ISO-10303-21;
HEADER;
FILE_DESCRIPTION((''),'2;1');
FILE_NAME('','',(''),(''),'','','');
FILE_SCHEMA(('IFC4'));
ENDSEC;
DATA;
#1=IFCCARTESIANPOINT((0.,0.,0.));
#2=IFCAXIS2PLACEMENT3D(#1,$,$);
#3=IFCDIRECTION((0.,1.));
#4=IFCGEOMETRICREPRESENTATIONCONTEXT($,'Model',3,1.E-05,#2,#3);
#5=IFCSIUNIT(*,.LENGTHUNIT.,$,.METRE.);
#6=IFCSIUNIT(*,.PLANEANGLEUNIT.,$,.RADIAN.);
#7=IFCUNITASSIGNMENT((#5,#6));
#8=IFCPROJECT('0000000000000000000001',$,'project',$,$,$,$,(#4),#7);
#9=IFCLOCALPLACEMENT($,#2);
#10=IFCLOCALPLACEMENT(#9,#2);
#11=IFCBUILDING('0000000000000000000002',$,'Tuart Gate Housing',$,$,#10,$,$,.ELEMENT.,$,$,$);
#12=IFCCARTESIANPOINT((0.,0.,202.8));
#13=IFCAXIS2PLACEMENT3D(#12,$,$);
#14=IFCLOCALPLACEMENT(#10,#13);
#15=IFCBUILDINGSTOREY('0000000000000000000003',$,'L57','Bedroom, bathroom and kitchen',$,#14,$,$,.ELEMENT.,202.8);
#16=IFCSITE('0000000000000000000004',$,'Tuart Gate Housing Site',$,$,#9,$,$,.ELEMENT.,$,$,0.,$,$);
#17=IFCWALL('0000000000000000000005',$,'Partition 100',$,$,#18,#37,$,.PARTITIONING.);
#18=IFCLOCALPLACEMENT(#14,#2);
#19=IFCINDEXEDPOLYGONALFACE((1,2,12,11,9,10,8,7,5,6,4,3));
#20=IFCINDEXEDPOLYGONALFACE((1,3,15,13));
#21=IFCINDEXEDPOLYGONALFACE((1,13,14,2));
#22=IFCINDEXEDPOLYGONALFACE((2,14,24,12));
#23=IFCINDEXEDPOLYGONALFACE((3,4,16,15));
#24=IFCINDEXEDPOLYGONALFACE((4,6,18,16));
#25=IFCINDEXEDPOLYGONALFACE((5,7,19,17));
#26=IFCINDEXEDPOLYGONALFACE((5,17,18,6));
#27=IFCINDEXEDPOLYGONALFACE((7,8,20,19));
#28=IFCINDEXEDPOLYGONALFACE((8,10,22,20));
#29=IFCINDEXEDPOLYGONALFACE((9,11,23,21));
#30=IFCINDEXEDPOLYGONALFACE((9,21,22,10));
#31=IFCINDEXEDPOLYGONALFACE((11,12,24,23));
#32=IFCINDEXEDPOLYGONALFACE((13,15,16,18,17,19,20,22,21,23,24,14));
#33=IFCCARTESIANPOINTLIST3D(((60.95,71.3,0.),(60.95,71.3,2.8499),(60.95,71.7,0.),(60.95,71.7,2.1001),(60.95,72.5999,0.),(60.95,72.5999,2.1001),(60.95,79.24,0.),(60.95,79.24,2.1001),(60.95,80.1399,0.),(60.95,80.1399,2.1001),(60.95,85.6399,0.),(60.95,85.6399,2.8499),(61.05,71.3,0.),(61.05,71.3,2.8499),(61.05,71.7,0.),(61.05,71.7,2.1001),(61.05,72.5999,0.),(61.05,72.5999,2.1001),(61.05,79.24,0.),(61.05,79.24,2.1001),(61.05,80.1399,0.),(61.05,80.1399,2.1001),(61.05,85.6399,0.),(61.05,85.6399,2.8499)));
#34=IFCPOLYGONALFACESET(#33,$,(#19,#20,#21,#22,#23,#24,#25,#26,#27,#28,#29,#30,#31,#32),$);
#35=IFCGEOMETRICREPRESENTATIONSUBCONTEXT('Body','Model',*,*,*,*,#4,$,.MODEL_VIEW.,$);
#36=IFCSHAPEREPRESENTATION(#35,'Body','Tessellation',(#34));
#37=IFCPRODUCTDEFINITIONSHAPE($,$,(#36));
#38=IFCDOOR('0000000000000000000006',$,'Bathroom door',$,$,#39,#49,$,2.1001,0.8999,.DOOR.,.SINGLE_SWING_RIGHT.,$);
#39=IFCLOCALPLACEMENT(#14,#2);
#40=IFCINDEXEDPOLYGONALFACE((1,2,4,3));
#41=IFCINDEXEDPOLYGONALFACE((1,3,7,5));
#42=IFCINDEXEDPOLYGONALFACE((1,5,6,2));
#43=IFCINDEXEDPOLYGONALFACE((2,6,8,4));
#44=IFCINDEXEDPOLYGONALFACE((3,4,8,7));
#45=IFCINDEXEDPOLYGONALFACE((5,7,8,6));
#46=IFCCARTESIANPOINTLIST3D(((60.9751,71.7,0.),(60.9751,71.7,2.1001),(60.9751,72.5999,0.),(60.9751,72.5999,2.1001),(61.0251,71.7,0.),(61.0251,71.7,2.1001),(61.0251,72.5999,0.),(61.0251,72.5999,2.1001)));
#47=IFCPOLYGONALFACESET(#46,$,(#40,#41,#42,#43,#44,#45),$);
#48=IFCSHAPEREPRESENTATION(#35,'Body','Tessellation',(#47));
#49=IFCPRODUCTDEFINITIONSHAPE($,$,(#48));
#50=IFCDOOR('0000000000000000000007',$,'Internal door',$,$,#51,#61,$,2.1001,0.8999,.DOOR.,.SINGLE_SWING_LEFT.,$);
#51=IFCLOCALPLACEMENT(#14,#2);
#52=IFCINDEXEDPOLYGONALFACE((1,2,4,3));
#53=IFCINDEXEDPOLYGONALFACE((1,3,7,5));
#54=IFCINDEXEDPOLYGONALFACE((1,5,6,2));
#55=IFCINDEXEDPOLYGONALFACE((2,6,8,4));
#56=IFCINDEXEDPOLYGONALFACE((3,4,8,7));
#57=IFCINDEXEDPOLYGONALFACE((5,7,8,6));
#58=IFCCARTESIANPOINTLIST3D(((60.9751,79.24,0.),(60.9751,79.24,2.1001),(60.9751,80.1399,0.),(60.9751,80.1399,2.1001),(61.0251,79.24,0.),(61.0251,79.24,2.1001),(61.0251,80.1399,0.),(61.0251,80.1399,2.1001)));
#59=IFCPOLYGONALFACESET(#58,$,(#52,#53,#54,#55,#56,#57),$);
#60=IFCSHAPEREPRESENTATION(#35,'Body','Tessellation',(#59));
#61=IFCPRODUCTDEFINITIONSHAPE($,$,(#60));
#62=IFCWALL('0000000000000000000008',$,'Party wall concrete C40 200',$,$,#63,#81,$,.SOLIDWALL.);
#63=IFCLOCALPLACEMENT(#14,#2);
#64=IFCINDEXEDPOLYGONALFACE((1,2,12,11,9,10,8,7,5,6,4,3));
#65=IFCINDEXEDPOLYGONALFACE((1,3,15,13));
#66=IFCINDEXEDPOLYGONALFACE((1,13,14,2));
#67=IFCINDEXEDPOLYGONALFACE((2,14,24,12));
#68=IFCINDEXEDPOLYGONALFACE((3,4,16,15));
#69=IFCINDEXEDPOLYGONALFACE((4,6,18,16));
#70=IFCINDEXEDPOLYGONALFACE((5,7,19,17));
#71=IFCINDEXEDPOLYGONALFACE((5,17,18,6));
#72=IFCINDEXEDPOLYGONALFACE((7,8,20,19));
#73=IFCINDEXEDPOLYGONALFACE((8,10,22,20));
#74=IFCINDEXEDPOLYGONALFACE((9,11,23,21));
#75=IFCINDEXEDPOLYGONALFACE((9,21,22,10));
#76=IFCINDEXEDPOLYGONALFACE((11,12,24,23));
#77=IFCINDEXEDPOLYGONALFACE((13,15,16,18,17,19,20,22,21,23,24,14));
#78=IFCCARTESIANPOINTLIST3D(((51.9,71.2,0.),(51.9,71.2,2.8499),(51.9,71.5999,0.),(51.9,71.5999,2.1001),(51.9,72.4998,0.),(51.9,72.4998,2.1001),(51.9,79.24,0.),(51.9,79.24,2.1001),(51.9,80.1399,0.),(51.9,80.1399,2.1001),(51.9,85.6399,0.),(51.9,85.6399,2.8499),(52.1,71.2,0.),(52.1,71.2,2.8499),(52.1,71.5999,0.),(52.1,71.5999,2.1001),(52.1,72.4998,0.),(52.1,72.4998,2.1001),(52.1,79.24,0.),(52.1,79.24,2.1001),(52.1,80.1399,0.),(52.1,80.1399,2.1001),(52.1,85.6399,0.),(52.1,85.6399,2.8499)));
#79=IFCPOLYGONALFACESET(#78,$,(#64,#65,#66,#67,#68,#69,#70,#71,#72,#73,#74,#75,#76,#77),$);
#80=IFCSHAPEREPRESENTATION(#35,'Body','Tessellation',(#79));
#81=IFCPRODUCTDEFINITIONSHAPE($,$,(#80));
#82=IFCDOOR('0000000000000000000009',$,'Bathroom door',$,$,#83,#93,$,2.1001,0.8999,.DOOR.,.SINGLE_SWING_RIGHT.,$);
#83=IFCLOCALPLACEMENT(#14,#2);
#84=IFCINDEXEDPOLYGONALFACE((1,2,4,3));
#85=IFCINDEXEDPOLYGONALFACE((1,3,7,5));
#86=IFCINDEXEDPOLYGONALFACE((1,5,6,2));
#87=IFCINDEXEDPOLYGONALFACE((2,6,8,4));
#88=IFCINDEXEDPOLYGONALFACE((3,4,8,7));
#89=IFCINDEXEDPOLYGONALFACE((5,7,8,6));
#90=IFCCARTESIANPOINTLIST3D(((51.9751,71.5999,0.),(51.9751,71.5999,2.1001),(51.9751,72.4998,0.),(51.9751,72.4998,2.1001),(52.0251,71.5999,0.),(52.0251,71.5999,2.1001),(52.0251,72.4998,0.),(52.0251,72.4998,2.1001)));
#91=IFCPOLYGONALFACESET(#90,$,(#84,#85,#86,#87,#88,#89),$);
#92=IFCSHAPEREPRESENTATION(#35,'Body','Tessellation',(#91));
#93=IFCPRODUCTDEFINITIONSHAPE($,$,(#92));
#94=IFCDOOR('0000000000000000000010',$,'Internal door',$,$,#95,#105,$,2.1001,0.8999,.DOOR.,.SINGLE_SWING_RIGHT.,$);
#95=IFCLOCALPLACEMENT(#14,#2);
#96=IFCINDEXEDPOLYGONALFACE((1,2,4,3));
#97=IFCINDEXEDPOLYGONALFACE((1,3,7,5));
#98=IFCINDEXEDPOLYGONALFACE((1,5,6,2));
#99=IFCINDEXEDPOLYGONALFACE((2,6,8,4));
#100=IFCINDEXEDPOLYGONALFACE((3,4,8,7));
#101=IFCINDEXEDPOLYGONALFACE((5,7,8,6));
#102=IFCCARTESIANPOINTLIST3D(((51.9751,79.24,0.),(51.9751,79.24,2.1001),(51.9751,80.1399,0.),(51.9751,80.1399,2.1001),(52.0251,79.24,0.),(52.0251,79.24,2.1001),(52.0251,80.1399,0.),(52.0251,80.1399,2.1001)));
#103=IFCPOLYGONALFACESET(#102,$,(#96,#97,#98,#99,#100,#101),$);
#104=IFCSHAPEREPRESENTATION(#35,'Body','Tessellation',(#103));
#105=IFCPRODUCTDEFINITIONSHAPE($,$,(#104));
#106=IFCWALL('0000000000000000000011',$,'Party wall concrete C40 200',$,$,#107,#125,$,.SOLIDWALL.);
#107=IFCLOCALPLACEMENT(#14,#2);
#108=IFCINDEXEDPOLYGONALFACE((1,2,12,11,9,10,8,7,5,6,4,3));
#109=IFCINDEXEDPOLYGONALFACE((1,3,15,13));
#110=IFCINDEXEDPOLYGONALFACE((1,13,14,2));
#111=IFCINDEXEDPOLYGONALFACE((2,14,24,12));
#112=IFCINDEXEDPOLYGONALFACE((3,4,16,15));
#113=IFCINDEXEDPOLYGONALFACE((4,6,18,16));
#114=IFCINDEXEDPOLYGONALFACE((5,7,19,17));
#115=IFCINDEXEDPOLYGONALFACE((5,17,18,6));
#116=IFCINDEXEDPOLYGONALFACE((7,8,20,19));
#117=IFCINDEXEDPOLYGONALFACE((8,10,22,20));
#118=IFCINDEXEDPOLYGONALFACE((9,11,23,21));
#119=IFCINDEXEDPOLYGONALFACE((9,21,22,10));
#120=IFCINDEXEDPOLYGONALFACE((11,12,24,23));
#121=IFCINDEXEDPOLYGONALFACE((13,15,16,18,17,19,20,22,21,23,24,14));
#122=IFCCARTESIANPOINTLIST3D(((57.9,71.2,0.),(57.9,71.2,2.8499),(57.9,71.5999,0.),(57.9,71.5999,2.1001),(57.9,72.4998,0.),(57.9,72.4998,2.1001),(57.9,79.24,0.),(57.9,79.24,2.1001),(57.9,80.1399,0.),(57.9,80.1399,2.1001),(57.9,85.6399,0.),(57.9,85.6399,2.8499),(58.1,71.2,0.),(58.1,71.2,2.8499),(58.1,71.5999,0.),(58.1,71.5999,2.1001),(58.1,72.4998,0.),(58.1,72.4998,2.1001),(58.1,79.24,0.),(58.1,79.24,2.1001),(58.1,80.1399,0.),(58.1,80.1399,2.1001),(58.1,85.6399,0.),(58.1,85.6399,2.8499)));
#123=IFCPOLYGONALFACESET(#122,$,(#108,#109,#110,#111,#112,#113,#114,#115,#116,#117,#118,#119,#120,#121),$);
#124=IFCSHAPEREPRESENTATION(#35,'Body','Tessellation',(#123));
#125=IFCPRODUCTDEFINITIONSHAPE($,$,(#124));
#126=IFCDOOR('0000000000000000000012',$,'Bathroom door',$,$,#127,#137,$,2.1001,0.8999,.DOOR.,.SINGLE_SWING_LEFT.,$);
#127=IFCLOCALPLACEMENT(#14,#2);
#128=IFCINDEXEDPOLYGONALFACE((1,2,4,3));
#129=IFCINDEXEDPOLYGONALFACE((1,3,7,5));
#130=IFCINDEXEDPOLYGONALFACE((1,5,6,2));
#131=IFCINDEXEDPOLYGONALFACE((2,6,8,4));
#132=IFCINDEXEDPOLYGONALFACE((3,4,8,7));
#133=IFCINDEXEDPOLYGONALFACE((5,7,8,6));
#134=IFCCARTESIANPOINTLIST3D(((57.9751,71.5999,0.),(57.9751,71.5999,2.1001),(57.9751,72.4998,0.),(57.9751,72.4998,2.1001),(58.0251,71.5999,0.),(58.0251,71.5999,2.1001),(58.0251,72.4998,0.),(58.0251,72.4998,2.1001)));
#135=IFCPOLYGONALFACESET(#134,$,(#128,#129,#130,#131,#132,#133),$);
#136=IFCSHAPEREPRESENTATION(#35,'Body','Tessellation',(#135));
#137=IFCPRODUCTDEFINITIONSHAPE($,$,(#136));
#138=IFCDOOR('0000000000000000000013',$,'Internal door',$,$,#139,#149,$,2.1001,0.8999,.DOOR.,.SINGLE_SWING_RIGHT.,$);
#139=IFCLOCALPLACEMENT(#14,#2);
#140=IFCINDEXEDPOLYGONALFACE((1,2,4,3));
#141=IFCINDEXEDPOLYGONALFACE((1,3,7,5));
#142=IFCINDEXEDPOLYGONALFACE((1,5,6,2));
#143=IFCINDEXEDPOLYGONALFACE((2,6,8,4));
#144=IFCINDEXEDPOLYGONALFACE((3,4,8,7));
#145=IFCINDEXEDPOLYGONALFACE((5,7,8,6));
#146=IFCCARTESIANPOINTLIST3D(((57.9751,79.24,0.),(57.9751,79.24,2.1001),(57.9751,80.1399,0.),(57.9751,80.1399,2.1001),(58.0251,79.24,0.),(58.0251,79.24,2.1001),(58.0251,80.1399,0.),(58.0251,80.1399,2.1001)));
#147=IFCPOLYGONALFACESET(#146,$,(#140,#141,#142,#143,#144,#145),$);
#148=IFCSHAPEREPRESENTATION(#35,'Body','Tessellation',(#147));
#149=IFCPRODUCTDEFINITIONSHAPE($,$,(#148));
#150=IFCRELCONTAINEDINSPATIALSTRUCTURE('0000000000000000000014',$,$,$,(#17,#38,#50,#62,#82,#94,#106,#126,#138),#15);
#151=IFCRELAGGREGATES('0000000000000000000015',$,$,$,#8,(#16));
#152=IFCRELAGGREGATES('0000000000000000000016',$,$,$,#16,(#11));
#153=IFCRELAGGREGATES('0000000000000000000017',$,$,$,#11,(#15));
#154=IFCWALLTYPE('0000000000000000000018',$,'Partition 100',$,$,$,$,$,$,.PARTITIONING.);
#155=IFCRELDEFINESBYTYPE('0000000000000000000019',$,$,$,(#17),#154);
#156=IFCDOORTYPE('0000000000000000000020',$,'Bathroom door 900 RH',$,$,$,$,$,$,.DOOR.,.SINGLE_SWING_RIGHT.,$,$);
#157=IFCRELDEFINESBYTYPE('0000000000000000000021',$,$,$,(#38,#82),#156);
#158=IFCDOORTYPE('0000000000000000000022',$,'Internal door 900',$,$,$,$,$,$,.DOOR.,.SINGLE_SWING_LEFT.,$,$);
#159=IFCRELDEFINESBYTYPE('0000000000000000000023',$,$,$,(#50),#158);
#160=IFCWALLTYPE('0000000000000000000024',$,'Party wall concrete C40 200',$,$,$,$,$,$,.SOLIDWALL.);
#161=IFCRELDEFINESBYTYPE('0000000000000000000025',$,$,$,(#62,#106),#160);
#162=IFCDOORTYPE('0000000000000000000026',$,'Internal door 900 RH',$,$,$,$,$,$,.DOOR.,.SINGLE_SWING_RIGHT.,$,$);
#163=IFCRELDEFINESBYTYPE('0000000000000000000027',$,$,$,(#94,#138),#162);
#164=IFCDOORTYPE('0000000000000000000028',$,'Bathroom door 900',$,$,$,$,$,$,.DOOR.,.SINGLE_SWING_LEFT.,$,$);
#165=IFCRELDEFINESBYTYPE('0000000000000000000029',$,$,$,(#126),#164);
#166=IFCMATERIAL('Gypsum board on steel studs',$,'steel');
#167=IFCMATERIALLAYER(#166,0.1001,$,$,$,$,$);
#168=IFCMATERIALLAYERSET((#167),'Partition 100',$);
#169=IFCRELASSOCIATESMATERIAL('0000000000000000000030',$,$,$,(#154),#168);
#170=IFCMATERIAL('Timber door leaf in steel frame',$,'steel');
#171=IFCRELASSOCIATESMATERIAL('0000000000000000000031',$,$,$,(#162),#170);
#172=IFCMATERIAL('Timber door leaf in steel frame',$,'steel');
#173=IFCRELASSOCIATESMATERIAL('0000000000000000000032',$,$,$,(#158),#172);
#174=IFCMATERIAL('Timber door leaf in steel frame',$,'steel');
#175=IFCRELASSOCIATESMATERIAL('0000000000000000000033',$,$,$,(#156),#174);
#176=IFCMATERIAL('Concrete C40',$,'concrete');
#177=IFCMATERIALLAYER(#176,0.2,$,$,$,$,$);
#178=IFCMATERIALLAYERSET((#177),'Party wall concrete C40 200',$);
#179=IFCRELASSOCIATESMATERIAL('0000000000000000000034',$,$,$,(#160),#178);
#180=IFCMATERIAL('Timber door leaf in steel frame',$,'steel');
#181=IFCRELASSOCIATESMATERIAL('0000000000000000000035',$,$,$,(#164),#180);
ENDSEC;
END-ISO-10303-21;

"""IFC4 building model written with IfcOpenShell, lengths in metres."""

from ifc_helpers import new_model, si_unit, direction, frame, frame_2d, origin, place, context, subcontext, project, spatial, rectangle, extrude, material, layer, layer_set, type_object, element, fill, save


model = new_model("IFC4")

# Units and contexts
model_context = context("Model", 3, precision=1e-05, world=origin(), true_north=direction((0.0, 1.0)))
body_context = subcontext(model_context, "Body", "Model", "MODEL_VIEW")
ifc_project = project(units=[si_unit("LENGTHUNIT", "METRE"), si_unit("PLANEANGLEUNIT", "RADIAN")], contexts=[model_context])

# Site, building, storey
site_placement = place(None, origin())
site = spatial("IfcSite", under=ifc_project, at=site_placement, Name="Tuart Gate Housing Site", CompositionType="ELEMENT", RefElevation=0.0)
building_placement = place(site_placement, origin())
building = spatial("IfcBuilding", under=site, at=building_placement, Name="Tuart Gate Housing", CompositionType="ELEMENT")
storey_placement = place(building_placement, frame((0.0, 0.0, 202.8)))
storey = spatial("IfcBuildingStorey", under=building, at=storey_placement, Name="L57", Description="Bedroom, bathroom and kitchen", CompositionType="ELEMENT", Elevation=202.8)

# Shared definitions
ifc_material_1 = material(Name="Gypsum board on steel studs", Category="steel")
ifc_layer_1 = layer(ifc_material_1, 0.1001)
ifc_layer_set_1 = layer_set([ifc_layer_1], Name="Partition 100")
wall_type_1 = type_object("IfcWallType", Name="Partition 100", PredefinedType="PARTITIONING", material=ifc_layer_set_1)

# Shared definitions
ifc_material_2 = material(Name="Timber door leaf in steel frame", Category="steel")
door_type_1 = type_object("IfcDoorType", Name="Internal door 900 RH", OperationType="SINGLE_SWING_RIGHT", PredefinedType="DOOR", material=ifc_material_2)
ifc_material_3 = material(Name="Timber door leaf in steel frame", Category="steel")
door_type_2 = type_object("IfcDoorType", Name="Internal door 900", OperationType="SINGLE_SWING_LEFT", PredefinedType="DOOR", material=ifc_material_3)

# Walls, openings, doors
wall_1_placement = place(storey_placement, frame((61.0, 71.3, 0.0), z_axis=(0.0, 0.0, 1.0), x_axis=(0.0, 1.0, 0.0)))
wall_1 = element("IfcWall", 1, at=wall_1_placement, inside=storey, type_object=wall_type_1, Name="Partition 100", PredefinedType="PARTITIONING", context=body_context, shape_type="SweptSolid", body=[
    extrude(rectangle(XDim=14.3398, YDim=0.1001, at=frame_2d((7.1699, 0.0))), origin(), (0.0, 0.0, 1.0), 2.8499),
])
opening_1_placement = place(wall_1_placement, frame((7.9399, 0.0, 0.0)))
opening_1 = element("IfcOpeningElement", 2, at=opening_1_placement, cuts=wall_1, PredefinedType="OPENING", context=body_context, shape_type="SweptSolid", body=[
    extrude(rectangle(XDim=0.8999, YDim=2.1001, at=frame_2d((0.45, 1.05))), frame((0.0, 0.0601, 0.0), z_axis=(0.0, -1.0, 0.0), x_axis=(1.0, 0.0, 0.0)), (0.0, 0.0, 1.0), 0.1201),
])
opening_2_placement = place(wall_1_placement, frame((0.3999, 0.0, 0.0)))
opening_2 = element("IfcOpeningElement", 3, at=opening_2_placement, cuts=wall_1, PredefinedType="OPENING", context=body_context, shape_type="SweptSolid", body=[
    extrude(rectangle(XDim=0.8999, YDim=2.1001, at=frame_2d((0.45, 1.05))), frame((0.0, 0.0601, 0.0), z_axis=(0.0, -1.0, 0.0), x_axis=(1.0, 0.0, 0.0)), (0.0, 0.0, 1.0), 0.1201),
])
ifc_material_4 = material(Name="Timber door leaf in steel frame", Category="steel")
door_type_3 = type_object("IfcDoorType", Name="Bathroom door 900 RH", OperationType="SINGLE_SWING_RIGHT", PredefinedType="DOOR", material=ifc_material_4)
door_1_placement = place(opening_2_placement, frame((0.8999, 0.0, 0.0), z_axis=(0.0, 0.0, 1.0), x_axis=(-1.0, 0.0, 0.0)))
door_1 = element("IfcDoor", 4, at=door_1_placement, inside=storey, type_object=door_type_3, Name="Bathroom door", OperationType="SINGLE_SWING_RIGHT", OverallHeight=2.1001, OverallWidth=0.8999, PredefinedType="DOOR", context=body_context, shape_type="SweptSolid", body=[
    extrude(rectangle(XDim=0.8999, YDim=2.1001, at=frame_2d((0.45, 1.05))), frame((0.0, 0.0251, 0.0), z_axis=(0.0, -1.0, 0.0), x_axis=(1.0, 0.0, 0.0)), (0.0, 0.0, 1.0), 0.05),
])
fill(opening_2, door_1)
door_2_placement = place(opening_1_placement, frame((0.8999, 0.0, 0.0), z_axis=(0.0, 0.0, 1.0), x_axis=(-1.0, 0.0, 0.0)))
door_2 = element("IfcDoor", 5, at=door_2_placement, inside=storey, type_object=door_type_2, Name="Internal door", OperationType="SINGLE_SWING_LEFT", OverallHeight=2.1001, OverallWidth=0.8999, PredefinedType="DOOR", context=body_context, shape_type="SweptSolid", body=[
    extrude(rectangle(XDim=0.8999, YDim=2.1001, at=frame_2d((0.45, 1.05))), frame((0.0, 0.0251, 0.0), z_axis=(0.0, -1.0, 0.0), x_axis=(1.0, 0.0, 0.0)), (0.0, 0.0, 1.0), 0.05),
])
fill(opening_1, door_2)
ifc_material_5 = material(Name="Concrete C40", Category="concrete")
ifc_layer_2 = layer(ifc_material_5, 0.2)
ifc_layer_set_2 = layer_set([ifc_layer_2], Name="Party wall concrete C40 200")
wall_type_2 = type_object("IfcWallType", Name="Party wall concrete C40 200", PredefinedType="SOLIDWALL", material=ifc_layer_set_2)
wall_2_placement = place(storey_placement, frame((52.0, 71.2, 0.0), z_axis=(0.0, 0.0, 1.0), x_axis=(0.0, 1.0, 0.0)))
wall_2 = element("IfcWall", 6, at=wall_2_placement, inside=storey, type_object=wall_type_2, Name="Party wall concrete C40 200", PredefinedType="SOLIDWALL", context=body_context, shape_type="SweptSolid", body=[
    extrude(rectangle(XDim=14.4399, YDim=0.2, at=frame_2d((7.22, 0.0))), origin(), (0.0, 0.0, 1.0), 2.8499),
])
opening_3_placement = place(wall_2_placement, frame((8.04, 0.0, 0.0)))
opening_3 = element("IfcOpeningElement", 7, at=opening_3_placement, cuts=wall_2, PredefinedType="OPENING", context=body_context, shape_type="SweptSolid", body=[
    extrude(rectangle(XDim=0.8999, YDim=2.1001, at=frame_2d((0.45, 1.05))), frame((0.0, 0.1099, 0.0), z_axis=(0.0, -1.0, 0.0), x_axis=(1.0, 0.0, 0.0)), (0.0, 0.0, 1.0), 0.22),
])
opening_4_placement = place(wall_2_placement, frame((0.3999, 0.0, 0.0)))
opening_4 = element("IfcOpeningElement", 8, at=opening_4_placement, cuts=wall_2, PredefinedType="OPENING", context=body_context, shape_type="SweptSolid", body=[
    extrude(rectangle(XDim=0.8999, YDim=2.1001, at=frame_2d((0.45, 1.05))), frame((0.0, 0.1099, 0.0), z_axis=(0.0, -1.0, 0.0), x_axis=(1.0, 0.0, 0.0)), (0.0, 0.0, 1.0), 0.22),
])
door_3_placement = place(opening_4_placement, frame((0.8999, 0.0, 0.0), z_axis=(0.0, 0.0, 1.0), x_axis=(-1.0, 0.0, 0.0)))
door_3 = element("IfcDoor", 9, at=door_3_placement, inside=storey, type_object=door_type_3, Name="Bathroom door", OperationType="SINGLE_SWING_RIGHT", OverallHeight=2.1001, OverallWidth=0.8999, PredefinedType="DOOR", context=body_context, shape_type="SweptSolid", body=[
    extrude(rectangle(XDim=0.8999, YDim=2.1001, at=frame_2d((0.45, 1.05))), frame((0.0, 0.0251, 0.0), z_axis=(0.0, -1.0, 0.0), x_axis=(1.0, 0.0, 0.0)), (0.0, 0.0, 1.0), 0.05),
])
fill(opening_4, door_3)
door_4_placement = place(opening_3_placement, frame((0.8999, 0.0, 0.0), z_axis=(0.0, 0.0, 1.0), x_axis=(-1.0, 0.0, 0.0)))
door_4 = element("IfcDoor", 10, at=door_4_placement, inside=storey, type_object=door_type_1, Name="Internal door", OperationType="SINGLE_SWING_RIGHT", OverallHeight=2.1001, OverallWidth=0.8999, PredefinedType="DOOR", context=body_context, shape_type="SweptSolid", body=[
    extrude(rectangle(XDim=0.8999, YDim=2.1001, at=frame_2d((0.45, 1.05))), frame((0.0, 0.0251, 0.0), z_axis=(0.0, -1.0, 0.0), x_axis=(1.0, 0.0, 0.0)), (0.0, 0.0, 1.0), 0.05),
])
fill(opening_3, door_4)
wall_3_placement = place(storey_placement, frame((58.0, 71.2, 0.0), z_axis=(0.0, 0.0, 1.0), x_axis=(0.0, 1.0, 0.0)))
wall_3 = element("IfcWall", 11, at=wall_3_placement, inside=storey, type_object=wall_type_2, Name="Party wall concrete C40 200", PredefinedType="SOLIDWALL", context=body_context, shape_type="SweptSolid", body=[
    extrude(rectangle(XDim=14.4399, YDim=0.2, at=frame_2d((7.22, 0.0))), origin(), (0.0, 0.0, 1.0), 2.8499),
])
opening_5_placement = place(wall_3_placement, frame((8.04, 0.0, 0.0)))
opening_5 = element("IfcOpeningElement", 12, at=opening_5_placement, cuts=wall_3, PredefinedType="OPENING", context=body_context, shape_type="SweptSolid", body=[
    extrude(rectangle(XDim=0.8999, YDim=2.1001, at=frame_2d((0.45, 1.05))), frame((0.0, 0.1099, 0.0), z_axis=(0.0, -1.0, 0.0), x_axis=(1.0, 0.0, 0.0)), (0.0, 0.0, 1.0), 0.22),
])
opening_6_placement = place(wall_3_placement, frame((0.3999, 0.0, 0.0)))
opening_6 = element("IfcOpeningElement", 13, at=opening_6_placement, cuts=wall_3, PredefinedType="OPENING", context=body_context, shape_type="SweptSolid", body=[
    extrude(rectangle(XDim=0.8999, YDim=2.1001, at=frame_2d((0.45, 1.05))), frame((0.0, 0.1099, 0.0), z_axis=(0.0, -1.0, 0.0), x_axis=(1.0, 0.0, 0.0)), (0.0, 0.0, 1.0), 0.22),
])
ifc_material_6 = material(Name="Timber door leaf in steel frame", Category="steel")
door_type_4 = type_object("IfcDoorType", Name="Bathroom door 900", OperationType="SINGLE_SWING_LEFT", PredefinedType="DOOR", material=ifc_material_6)
door_5_placement = place(opening_6_placement, origin())
door_5 = element("IfcDoor", 14, at=door_5_placement, inside=storey, type_object=door_type_4, Name="Bathroom door", OperationType="SINGLE_SWING_LEFT", OverallHeight=2.1001, OverallWidth=0.8999, PredefinedType="DOOR", context=body_context, shape_type="SweptSolid", body=[
    extrude(rectangle(XDim=0.8999, YDim=2.1001, at=frame_2d((0.45, 1.05))), frame((0.0, 0.0249, 0.0), z_axis=(0.0, -1.0, 0.0), x_axis=(1.0, 0.0, 0.0)), (0.0, 0.0, 1.0), 0.05),
])
fill(opening_6, door_5)
door_6_placement = place(opening_5_placement, origin())
door_6 = element("IfcDoor", 15, at=door_6_placement, inside=storey, type_object=door_type_1, Name="Internal door", OperationType="SINGLE_SWING_RIGHT", OverallHeight=2.1001, OverallWidth=0.8999, PredefinedType="DOOR", context=body_context, shape_type="SweptSolid", body=[
    extrude(rectangle(XDim=0.8999, YDim=2.1001, at=frame_2d((0.45, 1.05))), frame((0.0, 0.0249, 0.0), z_axis=(0.0, -1.0, 0.0), x_axis=(1.0, 0.0, 0.0)), (0.0, 0.0, 1.0), 0.05),
])
fill(opening_5, door_6)

save(model, "model.ifc")
